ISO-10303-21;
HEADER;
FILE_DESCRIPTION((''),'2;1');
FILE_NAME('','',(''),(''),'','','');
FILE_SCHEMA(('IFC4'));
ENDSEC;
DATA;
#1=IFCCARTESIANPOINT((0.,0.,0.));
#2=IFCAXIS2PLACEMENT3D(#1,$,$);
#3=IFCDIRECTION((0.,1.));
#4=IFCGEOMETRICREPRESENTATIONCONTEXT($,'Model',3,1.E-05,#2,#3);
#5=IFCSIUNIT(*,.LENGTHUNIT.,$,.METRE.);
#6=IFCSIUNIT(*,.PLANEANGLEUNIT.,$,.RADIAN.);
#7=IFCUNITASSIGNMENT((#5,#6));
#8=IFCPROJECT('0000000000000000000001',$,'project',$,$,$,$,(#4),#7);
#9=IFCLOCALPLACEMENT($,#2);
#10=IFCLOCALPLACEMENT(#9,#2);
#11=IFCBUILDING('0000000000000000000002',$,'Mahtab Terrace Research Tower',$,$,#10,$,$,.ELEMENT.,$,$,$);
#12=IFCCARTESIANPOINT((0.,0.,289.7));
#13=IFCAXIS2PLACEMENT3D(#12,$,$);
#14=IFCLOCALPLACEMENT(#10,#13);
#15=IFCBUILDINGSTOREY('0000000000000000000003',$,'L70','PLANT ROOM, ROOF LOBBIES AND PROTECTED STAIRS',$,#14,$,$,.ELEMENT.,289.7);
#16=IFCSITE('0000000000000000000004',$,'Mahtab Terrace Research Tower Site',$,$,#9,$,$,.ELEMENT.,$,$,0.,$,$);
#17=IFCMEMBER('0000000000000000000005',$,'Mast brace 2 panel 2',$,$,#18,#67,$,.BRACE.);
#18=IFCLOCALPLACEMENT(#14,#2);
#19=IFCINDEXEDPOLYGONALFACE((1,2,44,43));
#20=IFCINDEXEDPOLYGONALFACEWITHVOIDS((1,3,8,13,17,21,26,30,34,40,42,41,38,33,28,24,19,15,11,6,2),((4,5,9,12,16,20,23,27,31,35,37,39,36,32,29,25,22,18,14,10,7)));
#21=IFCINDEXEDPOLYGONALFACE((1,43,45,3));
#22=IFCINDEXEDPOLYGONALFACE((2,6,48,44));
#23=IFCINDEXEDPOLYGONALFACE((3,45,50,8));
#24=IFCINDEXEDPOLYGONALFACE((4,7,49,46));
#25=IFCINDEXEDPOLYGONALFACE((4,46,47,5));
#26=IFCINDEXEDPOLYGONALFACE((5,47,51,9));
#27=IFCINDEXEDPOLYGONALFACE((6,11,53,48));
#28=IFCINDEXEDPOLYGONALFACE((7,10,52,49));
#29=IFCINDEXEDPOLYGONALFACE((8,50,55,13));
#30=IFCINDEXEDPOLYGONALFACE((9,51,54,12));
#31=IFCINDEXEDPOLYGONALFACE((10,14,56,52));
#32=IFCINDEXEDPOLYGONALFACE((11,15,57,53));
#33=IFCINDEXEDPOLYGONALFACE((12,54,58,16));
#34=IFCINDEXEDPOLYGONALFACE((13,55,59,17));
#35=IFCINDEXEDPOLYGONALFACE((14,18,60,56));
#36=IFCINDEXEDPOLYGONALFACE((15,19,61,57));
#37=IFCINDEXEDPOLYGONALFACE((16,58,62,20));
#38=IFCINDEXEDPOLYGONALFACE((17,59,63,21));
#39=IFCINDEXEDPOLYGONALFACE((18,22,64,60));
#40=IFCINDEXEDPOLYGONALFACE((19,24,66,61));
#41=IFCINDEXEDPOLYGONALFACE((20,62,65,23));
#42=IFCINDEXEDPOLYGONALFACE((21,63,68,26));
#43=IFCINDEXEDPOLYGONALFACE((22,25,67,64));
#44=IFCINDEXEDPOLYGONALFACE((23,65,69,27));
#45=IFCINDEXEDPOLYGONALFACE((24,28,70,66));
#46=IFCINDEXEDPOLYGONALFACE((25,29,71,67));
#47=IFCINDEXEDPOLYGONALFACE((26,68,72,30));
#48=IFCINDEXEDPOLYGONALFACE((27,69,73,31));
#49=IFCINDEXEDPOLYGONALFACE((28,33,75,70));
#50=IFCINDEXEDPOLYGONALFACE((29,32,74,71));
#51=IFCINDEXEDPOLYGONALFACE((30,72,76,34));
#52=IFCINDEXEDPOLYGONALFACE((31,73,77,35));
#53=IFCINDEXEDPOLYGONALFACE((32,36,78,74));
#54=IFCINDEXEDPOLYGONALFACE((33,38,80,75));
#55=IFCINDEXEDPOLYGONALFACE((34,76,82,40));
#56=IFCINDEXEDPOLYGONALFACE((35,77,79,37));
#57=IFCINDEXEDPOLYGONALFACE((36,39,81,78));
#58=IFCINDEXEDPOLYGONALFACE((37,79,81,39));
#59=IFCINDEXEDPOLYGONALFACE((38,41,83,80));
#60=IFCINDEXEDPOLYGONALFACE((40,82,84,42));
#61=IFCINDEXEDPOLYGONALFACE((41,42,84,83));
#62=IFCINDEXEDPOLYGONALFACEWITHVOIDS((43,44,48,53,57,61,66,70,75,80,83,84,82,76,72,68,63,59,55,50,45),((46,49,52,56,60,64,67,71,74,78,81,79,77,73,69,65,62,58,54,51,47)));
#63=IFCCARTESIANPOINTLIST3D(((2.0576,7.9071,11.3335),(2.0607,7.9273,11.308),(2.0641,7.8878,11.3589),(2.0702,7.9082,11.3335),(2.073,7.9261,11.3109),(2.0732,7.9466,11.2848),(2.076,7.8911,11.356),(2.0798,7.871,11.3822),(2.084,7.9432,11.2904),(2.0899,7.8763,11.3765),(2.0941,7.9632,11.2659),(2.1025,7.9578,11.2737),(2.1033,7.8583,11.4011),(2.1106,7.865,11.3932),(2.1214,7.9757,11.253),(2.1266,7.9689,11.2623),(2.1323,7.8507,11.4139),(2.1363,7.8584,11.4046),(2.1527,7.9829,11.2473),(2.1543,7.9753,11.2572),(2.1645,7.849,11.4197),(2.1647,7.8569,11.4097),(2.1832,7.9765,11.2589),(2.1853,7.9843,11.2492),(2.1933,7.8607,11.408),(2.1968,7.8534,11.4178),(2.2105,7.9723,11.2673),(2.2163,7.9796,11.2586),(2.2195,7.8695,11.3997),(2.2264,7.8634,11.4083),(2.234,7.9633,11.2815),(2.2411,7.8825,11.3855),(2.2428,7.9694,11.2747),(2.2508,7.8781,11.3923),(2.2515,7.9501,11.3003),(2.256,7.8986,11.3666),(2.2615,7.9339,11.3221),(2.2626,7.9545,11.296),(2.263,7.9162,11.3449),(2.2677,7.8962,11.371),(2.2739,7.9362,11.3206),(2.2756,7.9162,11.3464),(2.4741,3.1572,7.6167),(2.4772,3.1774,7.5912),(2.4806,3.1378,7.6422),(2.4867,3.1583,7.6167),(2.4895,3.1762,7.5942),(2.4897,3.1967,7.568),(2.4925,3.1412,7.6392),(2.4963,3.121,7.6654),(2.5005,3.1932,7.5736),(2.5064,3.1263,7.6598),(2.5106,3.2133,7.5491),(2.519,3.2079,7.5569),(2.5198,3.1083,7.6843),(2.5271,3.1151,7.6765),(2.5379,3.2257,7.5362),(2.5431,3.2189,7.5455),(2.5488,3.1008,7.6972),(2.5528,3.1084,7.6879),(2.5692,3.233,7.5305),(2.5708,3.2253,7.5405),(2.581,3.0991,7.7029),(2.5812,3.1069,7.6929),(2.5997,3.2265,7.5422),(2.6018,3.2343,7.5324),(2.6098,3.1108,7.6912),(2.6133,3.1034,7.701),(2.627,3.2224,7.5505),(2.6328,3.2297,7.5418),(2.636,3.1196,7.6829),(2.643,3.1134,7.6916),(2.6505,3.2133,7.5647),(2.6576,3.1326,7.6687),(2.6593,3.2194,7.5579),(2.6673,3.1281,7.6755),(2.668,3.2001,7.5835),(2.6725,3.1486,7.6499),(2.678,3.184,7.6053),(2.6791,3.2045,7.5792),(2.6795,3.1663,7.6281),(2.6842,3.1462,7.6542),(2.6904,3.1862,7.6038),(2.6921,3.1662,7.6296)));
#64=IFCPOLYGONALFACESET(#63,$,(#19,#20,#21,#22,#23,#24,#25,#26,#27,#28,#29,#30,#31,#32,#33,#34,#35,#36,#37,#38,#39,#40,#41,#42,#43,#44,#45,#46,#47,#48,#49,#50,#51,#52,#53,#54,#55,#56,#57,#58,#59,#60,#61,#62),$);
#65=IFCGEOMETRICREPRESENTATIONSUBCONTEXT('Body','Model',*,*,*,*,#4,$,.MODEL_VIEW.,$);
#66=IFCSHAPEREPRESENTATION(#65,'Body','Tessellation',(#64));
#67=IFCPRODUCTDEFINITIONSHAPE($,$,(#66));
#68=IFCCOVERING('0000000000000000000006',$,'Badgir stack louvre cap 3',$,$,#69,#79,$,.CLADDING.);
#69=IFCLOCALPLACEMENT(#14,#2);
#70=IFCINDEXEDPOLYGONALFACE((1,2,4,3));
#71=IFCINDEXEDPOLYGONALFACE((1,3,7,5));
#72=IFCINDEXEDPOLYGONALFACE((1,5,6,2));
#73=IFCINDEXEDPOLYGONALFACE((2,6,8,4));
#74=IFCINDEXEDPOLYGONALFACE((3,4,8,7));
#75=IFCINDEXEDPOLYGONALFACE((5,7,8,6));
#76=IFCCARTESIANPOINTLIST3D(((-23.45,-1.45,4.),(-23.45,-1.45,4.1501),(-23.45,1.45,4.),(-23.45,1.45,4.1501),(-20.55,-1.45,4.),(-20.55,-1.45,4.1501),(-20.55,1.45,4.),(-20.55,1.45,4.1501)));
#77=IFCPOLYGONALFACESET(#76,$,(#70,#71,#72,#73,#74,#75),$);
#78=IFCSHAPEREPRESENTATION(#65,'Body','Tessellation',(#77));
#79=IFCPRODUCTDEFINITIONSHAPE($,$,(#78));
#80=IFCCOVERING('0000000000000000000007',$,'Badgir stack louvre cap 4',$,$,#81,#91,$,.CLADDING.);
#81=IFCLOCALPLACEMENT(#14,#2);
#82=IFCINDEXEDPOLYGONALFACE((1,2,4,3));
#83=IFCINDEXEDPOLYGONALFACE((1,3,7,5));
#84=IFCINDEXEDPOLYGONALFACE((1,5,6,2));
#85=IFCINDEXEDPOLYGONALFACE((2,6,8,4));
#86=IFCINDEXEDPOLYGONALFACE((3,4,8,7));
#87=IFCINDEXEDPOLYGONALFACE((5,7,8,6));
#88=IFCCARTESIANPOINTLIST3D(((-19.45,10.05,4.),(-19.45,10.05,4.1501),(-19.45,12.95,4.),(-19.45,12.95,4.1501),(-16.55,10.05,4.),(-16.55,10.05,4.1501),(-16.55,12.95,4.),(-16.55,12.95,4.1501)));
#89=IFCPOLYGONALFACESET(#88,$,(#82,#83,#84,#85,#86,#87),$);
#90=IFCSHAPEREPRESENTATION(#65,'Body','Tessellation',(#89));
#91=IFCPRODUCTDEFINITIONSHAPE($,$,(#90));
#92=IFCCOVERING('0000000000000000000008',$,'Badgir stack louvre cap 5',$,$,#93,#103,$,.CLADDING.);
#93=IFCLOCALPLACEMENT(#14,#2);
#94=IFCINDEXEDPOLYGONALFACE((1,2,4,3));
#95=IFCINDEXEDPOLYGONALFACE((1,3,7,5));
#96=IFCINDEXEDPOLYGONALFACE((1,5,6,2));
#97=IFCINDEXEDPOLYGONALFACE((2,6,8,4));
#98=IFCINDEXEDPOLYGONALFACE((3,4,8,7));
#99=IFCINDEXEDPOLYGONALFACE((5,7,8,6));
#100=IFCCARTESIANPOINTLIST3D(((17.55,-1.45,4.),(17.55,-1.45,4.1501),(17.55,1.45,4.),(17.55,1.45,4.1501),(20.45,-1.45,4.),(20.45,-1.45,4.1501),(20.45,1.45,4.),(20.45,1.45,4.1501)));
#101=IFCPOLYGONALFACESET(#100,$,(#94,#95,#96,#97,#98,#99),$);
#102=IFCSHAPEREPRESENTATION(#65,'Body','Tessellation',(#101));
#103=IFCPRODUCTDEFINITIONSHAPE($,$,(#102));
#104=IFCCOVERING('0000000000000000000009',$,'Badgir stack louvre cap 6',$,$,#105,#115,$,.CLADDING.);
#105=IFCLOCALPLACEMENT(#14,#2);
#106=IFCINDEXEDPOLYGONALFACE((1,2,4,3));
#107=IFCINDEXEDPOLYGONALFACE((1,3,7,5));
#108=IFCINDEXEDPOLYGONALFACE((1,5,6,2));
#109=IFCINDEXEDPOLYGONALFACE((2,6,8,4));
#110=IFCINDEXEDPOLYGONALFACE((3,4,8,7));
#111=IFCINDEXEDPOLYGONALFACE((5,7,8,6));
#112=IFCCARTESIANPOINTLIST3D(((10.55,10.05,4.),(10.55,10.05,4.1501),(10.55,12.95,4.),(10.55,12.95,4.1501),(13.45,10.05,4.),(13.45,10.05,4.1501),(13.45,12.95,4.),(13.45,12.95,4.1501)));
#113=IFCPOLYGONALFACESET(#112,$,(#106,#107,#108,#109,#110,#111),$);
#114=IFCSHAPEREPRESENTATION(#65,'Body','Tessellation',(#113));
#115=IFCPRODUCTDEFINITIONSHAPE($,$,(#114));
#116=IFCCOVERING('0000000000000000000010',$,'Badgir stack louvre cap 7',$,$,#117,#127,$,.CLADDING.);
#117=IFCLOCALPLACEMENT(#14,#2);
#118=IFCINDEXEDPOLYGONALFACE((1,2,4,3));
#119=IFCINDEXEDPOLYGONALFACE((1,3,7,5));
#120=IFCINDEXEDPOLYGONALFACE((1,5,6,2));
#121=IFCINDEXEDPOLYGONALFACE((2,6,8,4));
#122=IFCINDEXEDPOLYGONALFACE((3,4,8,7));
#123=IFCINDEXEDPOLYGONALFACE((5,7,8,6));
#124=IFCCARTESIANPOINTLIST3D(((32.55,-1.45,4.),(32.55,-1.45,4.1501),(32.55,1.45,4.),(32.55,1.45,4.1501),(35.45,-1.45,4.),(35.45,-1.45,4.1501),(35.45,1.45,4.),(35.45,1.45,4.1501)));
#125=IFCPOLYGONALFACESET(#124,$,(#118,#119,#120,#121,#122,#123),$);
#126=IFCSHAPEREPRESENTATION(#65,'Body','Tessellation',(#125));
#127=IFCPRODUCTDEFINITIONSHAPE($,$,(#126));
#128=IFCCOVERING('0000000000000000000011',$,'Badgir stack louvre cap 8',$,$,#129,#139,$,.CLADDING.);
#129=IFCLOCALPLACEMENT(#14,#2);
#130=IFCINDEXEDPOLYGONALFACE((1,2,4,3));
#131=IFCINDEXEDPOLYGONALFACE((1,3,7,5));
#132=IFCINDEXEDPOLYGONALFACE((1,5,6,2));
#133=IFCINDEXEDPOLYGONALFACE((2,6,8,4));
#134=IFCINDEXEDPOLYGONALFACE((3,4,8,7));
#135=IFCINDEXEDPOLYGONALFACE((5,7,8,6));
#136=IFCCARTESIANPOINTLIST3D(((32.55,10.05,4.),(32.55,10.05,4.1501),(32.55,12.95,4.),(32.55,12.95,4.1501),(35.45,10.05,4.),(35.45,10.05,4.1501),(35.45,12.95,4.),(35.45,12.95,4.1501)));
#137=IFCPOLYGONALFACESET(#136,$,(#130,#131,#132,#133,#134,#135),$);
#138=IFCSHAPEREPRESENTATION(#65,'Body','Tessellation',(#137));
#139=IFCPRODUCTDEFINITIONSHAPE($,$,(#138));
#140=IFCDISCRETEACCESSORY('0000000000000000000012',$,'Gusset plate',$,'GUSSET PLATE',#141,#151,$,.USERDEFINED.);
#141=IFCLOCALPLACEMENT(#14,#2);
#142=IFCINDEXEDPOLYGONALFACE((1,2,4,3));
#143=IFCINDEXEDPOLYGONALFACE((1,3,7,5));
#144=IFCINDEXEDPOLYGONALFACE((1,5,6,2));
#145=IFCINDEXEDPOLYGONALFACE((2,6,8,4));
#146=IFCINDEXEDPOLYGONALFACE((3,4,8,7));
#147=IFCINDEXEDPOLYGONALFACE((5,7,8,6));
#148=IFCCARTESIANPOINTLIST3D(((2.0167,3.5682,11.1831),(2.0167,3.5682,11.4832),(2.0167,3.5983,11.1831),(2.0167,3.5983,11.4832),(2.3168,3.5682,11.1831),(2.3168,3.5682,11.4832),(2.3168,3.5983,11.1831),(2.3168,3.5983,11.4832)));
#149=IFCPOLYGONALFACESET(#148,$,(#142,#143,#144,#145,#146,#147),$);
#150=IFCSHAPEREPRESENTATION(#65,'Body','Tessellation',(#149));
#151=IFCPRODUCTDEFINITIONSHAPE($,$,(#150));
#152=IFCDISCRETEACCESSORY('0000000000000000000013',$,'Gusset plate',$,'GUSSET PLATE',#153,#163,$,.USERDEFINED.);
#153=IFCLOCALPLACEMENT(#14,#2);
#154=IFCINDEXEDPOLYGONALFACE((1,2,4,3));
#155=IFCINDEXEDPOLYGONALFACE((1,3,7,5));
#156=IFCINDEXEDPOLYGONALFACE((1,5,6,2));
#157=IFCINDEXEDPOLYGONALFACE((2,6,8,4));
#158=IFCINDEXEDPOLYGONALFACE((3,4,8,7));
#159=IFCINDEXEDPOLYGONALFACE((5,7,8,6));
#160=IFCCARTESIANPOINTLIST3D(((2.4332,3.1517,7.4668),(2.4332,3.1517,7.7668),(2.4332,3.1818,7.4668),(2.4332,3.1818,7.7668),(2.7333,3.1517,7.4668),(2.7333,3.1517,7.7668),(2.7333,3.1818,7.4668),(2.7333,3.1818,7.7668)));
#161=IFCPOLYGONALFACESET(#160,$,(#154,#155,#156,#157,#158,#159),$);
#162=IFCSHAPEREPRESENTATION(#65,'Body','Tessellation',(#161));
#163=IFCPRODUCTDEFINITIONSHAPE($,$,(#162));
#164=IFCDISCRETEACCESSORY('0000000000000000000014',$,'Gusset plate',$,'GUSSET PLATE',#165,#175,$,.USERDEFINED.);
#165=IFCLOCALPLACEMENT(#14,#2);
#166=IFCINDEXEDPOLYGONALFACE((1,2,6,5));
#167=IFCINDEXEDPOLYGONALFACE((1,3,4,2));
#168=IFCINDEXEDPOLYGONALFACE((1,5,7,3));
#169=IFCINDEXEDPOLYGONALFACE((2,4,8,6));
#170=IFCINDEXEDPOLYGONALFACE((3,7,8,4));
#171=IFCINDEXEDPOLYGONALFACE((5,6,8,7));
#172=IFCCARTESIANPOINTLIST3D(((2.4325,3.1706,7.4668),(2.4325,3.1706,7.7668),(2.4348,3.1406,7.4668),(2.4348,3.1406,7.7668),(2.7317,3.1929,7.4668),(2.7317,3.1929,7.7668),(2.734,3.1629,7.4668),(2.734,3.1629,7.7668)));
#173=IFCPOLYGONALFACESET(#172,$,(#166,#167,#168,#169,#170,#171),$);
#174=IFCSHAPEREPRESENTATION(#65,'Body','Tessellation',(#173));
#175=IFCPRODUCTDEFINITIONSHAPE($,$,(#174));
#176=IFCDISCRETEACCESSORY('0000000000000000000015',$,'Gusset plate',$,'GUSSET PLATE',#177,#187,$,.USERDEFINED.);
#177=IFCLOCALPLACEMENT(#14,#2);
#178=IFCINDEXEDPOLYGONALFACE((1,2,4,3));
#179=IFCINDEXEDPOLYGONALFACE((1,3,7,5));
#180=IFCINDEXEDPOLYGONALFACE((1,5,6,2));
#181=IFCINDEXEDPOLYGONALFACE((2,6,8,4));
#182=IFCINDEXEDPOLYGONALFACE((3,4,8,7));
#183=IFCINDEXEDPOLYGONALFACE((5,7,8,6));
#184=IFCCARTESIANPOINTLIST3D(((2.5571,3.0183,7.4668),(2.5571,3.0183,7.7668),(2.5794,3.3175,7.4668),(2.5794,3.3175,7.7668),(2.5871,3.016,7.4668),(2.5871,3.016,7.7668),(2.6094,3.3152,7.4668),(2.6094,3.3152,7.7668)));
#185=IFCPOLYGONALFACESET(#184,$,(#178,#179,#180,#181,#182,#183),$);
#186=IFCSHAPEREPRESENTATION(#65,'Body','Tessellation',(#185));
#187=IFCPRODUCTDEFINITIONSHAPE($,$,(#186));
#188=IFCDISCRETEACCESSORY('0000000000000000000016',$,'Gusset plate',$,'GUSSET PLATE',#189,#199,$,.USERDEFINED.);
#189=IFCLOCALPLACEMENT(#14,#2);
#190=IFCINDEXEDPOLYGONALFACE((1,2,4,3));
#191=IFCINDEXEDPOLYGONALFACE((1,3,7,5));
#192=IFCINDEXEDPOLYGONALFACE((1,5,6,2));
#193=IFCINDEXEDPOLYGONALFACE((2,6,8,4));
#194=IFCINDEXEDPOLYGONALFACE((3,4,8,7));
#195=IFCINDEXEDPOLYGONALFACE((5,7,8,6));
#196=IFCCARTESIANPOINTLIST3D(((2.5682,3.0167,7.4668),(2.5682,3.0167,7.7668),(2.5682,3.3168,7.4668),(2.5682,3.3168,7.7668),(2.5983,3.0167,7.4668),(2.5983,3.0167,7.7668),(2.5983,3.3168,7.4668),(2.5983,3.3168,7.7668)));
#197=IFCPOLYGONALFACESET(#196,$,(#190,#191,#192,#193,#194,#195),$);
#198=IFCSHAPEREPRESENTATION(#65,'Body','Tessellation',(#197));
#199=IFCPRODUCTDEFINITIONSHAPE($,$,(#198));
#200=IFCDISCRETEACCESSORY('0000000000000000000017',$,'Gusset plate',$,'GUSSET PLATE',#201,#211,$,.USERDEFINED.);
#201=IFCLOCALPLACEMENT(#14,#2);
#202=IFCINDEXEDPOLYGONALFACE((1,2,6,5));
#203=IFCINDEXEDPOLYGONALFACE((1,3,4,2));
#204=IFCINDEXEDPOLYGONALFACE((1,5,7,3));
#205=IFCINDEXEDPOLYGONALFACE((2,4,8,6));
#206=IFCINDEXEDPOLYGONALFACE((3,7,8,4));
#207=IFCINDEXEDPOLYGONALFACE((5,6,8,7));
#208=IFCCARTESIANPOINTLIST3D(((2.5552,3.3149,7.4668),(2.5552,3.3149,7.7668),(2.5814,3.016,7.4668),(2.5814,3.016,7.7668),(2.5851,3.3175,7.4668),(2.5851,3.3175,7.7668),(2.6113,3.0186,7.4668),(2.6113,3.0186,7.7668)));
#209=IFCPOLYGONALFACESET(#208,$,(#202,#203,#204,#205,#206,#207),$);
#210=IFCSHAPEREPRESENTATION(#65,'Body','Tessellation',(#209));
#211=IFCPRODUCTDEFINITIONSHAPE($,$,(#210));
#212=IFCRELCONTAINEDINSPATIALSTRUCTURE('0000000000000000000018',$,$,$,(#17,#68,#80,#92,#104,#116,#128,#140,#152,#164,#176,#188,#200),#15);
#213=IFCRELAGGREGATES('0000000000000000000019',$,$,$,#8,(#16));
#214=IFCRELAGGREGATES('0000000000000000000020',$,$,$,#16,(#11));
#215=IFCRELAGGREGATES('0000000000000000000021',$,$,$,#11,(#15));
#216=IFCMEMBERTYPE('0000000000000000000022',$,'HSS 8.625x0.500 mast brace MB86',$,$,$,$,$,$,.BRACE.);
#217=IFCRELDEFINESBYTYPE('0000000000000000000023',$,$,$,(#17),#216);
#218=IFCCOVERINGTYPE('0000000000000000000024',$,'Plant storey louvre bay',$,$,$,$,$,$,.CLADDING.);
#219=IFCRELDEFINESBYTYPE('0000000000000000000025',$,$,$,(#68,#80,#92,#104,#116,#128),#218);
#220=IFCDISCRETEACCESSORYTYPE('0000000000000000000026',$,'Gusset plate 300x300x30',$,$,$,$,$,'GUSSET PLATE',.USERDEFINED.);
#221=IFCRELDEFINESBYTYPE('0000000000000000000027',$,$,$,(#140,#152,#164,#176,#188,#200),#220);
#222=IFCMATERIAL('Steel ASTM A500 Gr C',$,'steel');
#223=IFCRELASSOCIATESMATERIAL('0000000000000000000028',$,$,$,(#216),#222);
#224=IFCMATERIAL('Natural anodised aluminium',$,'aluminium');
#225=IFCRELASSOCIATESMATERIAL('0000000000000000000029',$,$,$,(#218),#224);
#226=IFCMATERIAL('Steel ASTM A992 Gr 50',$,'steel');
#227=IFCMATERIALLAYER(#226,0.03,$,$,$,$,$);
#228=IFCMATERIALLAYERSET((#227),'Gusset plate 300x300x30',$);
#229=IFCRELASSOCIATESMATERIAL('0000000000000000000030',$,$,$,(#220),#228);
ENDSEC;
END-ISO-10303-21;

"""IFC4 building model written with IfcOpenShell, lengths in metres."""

from ifc_helpers import new_model, si_unit, direction, frame, origin, origin_2d, place, context, subcontext, project, spatial, polyline, rectangle, hollow_circle, outline, extrude, material, layer, layer_set, material_profile, profile_set, type_object, element, save


model = new_model("IFC4")

# Units and contexts
model_context = context("Model", 3, precision=1e-05, world=origin(), true_north=direction((0.0, 1.0)))
body_context = subcontext(model_context, "Body", "Model", "MODEL_VIEW")
ifc_project = project(units=[si_unit("LENGTHUNIT", "METRE"), si_unit("PLANEANGLEUNIT", "RADIAN")], contexts=[model_context])

# Site, building, storey
site_placement = place(None, origin())
site = spatial("IfcSite", under=ifc_project, at=site_placement, Name="Mahtab Terrace Research Tower Site", CompositionType="ELEMENT", RefElevation=0.0)
building_placement = place(site_placement, origin())
building = spatial("IfcBuilding", under=site, at=building_placement, Name="Mahtab Terrace Research Tower", CompositionType="ELEMENT")
storey_placement = place(building_placement, frame((0.0, 0.0, 289.7)))
storey = spatial("IfcBuildingStorey", under=building, at=storey_placement, Name="L70", Description="PLANT ROOM, ROOF LOBBIES AND PROTECTED STAIRS", CompositionType="ELEMENT", Elevation=289.7)

# Member
ifc_material_1 = material(Name="Steel ASTM A500 Gr C", Category="steel")
ifc_material_profile_1 = material_profile(ifc_material_1, hollow_circle(Radius=0.1096, WallThickness=0.0127, at=origin_2d()), Name="HSS8.625X0.500")
ifc_profile_set_1 = profile_set([ifc_material_profile_1], Name="Steel ASTM A500 Gr C")
member_type_1 = type_object("IfcMemberType", Name="HSS 8.625x0.500 mast brace MB86", PredefinedType="BRACE", material=ifc_profile_set_1)
member_1_placement = place(storey_placement, frame((2.5833, 3.1667, 7.6167), z_axis=(-0.068893, 0.785682, 0.614783), x_axis=(-0.996178, -0.08735, 0.0)))
element("IfcMember", 1, at=member_1_placement, inside=storey, type_object=member_type_1, Name="Mast brace 2 panel 2", PredefinedType="BRACE", context=body_context, shape_type="SweptSolid", body=[
    extrude(hollow_circle(Radius=0.1096, WallThickness=0.0127, at=origin_2d()), origin(), (0.0, 0.0, 1.0), 6.0457),
])

# Coverings
ifc_material_2 = material(Name="Natural anodised aluminium", Category="aluminium")
covering_type = type_object("IfcCoveringType", Name="Plant storey louvre bay", PredefinedType="CLADDING", material=ifc_material_2)
covering_1_placement = place(storey_placement, frame((0.0, 0.0, 4.0)))
element("IfcCovering", 2, at=covering_1_placement, inside=storey, type_object=covering_type, Name="Badgir stack louvre cap 3", PredefinedType="CLADDING", context=body_context, shape_type="SweptSolid", body=[
    extrude(outline(polyline([(-20.55, -1.45), (-20.55, 1.45), (-23.45, 1.45), (-23.45, -1.45), (-20.55, -1.45)])), origin(), (0.0, 0.0, 1.0), 0.1501),
])
covering_2_placement = place(storey_placement, frame((0.0, 0.0, 4.0)))
element("IfcCovering", 3, at=covering_2_placement, inside=storey, type_object=covering_type, Name="Badgir stack louvre cap 4", PredefinedType="CLADDING", context=body_context, shape_type="SweptSolid", body=[
    extrude(outline(polyline([(-16.55, 10.05), (-16.55, 12.95), (-19.45, 12.95), (-19.45, 10.05), (-16.55, 10.05)])), origin(), (0.0, 0.0, 1.0), 0.1501),
])
covering_3_placement = place(storey_placement, frame((0.0, 0.0, 4.0)))
element("IfcCovering", 4, at=covering_3_placement, inside=storey, type_object=covering_type, Name="Badgir stack louvre cap 5", PredefinedType="CLADDING", context=body_context, shape_type="SweptSolid", body=[
    extrude(outline(polyline([(20.45, -1.45), (20.45, 1.45), (17.55, 1.45), (17.55, -1.45), (20.45, -1.45)])), origin(), (0.0, 0.0, 1.0), 0.1501),
])
covering_4_placement = place(storey_placement, frame((0.0, 0.0, 4.0)))
element("IfcCovering", 5, at=covering_4_placement, inside=storey, type_object=covering_type, Name="Badgir stack louvre cap 6", PredefinedType="CLADDING", context=body_context, shape_type="SweptSolid", body=[
    extrude(outline(polyline([(13.45, 10.05), (13.45, 12.95), (10.55, 12.95), (10.55, 10.05), (13.45, 10.05)])), origin(), (0.0, 0.0, 1.0), 0.1501),
])
covering_5_placement = place(storey_placement, frame((0.0, 0.0, 4.0)))
element("IfcCovering", 6, at=covering_5_placement, inside=storey, type_object=covering_type, Name="Badgir stack louvre cap 7", PredefinedType="CLADDING", context=body_context, shape_type="SweptSolid", body=[
    extrude(outline(polyline([(35.45, -1.45), (35.45, 1.45), (32.55, 1.45), (32.55, -1.45), (35.45, -1.45)])), origin(), (0.0, 0.0, 1.0), 0.1501),
])
covering_6_placement = place(storey_placement, frame((0.0, 0.0, 4.0)))
element("IfcCovering", 7, at=covering_6_placement, inside=storey, type_object=covering_type, Name="Badgir stack louvre cap 8", PredefinedType="CLADDING", context=body_context, shape_type="SweptSolid", body=[
    extrude(outline(polyline([(35.45, 10.05), (35.45, 12.95), (32.55, 12.95), (32.55, 10.05), (35.45, 10.05)])), origin(), (0.0, 0.0, 1.0), 0.1501),
])

# Discrete accessories
ifc_material_3 = material(Name="Steel ASTM A992 Gr 50", Category="steel")
ifc_layer = layer(ifc_material_3, 0.03)
ifc_layer_set = layer_set([ifc_layer], Name="Gusset plate 300x300x30")
discrete_accessory_type = type_object("IfcDiscreteAccessoryType", Name="Gusset plate 300x300x30", ElementType="GUSSET PLATE", PredefinedType="USERDEFINED", material=ifc_layer_set)
for number, where, z_axis, x_axis, name in (
    (8, (2.1667, 3.5833, 11.1831), (0.0, 0.0, 1.0), (1.0, 0.0, 0.0), "Gusset plate"),
    (9, (2.5833, 3.1667, 7.4668), (0.0, 0.0, 1.0), (1.0, 0.0, 0.0), "Gusset plate"),
    (10, (2.5833, 3.1667, 7.4668), (0.0, 0.0, 1.0), (0.997227, 0.074422, 0.0), "Gusset plate"),
    (11, (2.5833, 3.1667, 7.4668), (0.0, 0.0, 1.0), (0.074404, 0.997228, 0.0), "Gusset plate"),
    (12, (2.5833, 3.1667, 7.4668), (0.0, 0.0, 1.0), (0.0, 1.0, 0.0), "Gusset plate"),
    (13, (2.5833, 3.1667, 7.4668), (0.0, 0.0, 1.0), (-0.087382, 0.996175, 0.0), "Gusset plate"),
):
    element("IfcDiscreteAccessory", number, at=place(storey_placement, frame(where, z_axis=z_axis, x_axis=x_axis)), inside=storey, type_object=discrete_accessory_type, Name=name, ObjectType="GUSSET PLATE", PredefinedType="USERDEFINED", context=body_context, shape_type="SweptSolid", body=[
        extrude(rectangle(XDim=0.3, YDim=0.03, at=origin_2d()), origin(), (0.0, 0.0, 1.0), 0.3),
    ])

save(model, "model.ifc")
